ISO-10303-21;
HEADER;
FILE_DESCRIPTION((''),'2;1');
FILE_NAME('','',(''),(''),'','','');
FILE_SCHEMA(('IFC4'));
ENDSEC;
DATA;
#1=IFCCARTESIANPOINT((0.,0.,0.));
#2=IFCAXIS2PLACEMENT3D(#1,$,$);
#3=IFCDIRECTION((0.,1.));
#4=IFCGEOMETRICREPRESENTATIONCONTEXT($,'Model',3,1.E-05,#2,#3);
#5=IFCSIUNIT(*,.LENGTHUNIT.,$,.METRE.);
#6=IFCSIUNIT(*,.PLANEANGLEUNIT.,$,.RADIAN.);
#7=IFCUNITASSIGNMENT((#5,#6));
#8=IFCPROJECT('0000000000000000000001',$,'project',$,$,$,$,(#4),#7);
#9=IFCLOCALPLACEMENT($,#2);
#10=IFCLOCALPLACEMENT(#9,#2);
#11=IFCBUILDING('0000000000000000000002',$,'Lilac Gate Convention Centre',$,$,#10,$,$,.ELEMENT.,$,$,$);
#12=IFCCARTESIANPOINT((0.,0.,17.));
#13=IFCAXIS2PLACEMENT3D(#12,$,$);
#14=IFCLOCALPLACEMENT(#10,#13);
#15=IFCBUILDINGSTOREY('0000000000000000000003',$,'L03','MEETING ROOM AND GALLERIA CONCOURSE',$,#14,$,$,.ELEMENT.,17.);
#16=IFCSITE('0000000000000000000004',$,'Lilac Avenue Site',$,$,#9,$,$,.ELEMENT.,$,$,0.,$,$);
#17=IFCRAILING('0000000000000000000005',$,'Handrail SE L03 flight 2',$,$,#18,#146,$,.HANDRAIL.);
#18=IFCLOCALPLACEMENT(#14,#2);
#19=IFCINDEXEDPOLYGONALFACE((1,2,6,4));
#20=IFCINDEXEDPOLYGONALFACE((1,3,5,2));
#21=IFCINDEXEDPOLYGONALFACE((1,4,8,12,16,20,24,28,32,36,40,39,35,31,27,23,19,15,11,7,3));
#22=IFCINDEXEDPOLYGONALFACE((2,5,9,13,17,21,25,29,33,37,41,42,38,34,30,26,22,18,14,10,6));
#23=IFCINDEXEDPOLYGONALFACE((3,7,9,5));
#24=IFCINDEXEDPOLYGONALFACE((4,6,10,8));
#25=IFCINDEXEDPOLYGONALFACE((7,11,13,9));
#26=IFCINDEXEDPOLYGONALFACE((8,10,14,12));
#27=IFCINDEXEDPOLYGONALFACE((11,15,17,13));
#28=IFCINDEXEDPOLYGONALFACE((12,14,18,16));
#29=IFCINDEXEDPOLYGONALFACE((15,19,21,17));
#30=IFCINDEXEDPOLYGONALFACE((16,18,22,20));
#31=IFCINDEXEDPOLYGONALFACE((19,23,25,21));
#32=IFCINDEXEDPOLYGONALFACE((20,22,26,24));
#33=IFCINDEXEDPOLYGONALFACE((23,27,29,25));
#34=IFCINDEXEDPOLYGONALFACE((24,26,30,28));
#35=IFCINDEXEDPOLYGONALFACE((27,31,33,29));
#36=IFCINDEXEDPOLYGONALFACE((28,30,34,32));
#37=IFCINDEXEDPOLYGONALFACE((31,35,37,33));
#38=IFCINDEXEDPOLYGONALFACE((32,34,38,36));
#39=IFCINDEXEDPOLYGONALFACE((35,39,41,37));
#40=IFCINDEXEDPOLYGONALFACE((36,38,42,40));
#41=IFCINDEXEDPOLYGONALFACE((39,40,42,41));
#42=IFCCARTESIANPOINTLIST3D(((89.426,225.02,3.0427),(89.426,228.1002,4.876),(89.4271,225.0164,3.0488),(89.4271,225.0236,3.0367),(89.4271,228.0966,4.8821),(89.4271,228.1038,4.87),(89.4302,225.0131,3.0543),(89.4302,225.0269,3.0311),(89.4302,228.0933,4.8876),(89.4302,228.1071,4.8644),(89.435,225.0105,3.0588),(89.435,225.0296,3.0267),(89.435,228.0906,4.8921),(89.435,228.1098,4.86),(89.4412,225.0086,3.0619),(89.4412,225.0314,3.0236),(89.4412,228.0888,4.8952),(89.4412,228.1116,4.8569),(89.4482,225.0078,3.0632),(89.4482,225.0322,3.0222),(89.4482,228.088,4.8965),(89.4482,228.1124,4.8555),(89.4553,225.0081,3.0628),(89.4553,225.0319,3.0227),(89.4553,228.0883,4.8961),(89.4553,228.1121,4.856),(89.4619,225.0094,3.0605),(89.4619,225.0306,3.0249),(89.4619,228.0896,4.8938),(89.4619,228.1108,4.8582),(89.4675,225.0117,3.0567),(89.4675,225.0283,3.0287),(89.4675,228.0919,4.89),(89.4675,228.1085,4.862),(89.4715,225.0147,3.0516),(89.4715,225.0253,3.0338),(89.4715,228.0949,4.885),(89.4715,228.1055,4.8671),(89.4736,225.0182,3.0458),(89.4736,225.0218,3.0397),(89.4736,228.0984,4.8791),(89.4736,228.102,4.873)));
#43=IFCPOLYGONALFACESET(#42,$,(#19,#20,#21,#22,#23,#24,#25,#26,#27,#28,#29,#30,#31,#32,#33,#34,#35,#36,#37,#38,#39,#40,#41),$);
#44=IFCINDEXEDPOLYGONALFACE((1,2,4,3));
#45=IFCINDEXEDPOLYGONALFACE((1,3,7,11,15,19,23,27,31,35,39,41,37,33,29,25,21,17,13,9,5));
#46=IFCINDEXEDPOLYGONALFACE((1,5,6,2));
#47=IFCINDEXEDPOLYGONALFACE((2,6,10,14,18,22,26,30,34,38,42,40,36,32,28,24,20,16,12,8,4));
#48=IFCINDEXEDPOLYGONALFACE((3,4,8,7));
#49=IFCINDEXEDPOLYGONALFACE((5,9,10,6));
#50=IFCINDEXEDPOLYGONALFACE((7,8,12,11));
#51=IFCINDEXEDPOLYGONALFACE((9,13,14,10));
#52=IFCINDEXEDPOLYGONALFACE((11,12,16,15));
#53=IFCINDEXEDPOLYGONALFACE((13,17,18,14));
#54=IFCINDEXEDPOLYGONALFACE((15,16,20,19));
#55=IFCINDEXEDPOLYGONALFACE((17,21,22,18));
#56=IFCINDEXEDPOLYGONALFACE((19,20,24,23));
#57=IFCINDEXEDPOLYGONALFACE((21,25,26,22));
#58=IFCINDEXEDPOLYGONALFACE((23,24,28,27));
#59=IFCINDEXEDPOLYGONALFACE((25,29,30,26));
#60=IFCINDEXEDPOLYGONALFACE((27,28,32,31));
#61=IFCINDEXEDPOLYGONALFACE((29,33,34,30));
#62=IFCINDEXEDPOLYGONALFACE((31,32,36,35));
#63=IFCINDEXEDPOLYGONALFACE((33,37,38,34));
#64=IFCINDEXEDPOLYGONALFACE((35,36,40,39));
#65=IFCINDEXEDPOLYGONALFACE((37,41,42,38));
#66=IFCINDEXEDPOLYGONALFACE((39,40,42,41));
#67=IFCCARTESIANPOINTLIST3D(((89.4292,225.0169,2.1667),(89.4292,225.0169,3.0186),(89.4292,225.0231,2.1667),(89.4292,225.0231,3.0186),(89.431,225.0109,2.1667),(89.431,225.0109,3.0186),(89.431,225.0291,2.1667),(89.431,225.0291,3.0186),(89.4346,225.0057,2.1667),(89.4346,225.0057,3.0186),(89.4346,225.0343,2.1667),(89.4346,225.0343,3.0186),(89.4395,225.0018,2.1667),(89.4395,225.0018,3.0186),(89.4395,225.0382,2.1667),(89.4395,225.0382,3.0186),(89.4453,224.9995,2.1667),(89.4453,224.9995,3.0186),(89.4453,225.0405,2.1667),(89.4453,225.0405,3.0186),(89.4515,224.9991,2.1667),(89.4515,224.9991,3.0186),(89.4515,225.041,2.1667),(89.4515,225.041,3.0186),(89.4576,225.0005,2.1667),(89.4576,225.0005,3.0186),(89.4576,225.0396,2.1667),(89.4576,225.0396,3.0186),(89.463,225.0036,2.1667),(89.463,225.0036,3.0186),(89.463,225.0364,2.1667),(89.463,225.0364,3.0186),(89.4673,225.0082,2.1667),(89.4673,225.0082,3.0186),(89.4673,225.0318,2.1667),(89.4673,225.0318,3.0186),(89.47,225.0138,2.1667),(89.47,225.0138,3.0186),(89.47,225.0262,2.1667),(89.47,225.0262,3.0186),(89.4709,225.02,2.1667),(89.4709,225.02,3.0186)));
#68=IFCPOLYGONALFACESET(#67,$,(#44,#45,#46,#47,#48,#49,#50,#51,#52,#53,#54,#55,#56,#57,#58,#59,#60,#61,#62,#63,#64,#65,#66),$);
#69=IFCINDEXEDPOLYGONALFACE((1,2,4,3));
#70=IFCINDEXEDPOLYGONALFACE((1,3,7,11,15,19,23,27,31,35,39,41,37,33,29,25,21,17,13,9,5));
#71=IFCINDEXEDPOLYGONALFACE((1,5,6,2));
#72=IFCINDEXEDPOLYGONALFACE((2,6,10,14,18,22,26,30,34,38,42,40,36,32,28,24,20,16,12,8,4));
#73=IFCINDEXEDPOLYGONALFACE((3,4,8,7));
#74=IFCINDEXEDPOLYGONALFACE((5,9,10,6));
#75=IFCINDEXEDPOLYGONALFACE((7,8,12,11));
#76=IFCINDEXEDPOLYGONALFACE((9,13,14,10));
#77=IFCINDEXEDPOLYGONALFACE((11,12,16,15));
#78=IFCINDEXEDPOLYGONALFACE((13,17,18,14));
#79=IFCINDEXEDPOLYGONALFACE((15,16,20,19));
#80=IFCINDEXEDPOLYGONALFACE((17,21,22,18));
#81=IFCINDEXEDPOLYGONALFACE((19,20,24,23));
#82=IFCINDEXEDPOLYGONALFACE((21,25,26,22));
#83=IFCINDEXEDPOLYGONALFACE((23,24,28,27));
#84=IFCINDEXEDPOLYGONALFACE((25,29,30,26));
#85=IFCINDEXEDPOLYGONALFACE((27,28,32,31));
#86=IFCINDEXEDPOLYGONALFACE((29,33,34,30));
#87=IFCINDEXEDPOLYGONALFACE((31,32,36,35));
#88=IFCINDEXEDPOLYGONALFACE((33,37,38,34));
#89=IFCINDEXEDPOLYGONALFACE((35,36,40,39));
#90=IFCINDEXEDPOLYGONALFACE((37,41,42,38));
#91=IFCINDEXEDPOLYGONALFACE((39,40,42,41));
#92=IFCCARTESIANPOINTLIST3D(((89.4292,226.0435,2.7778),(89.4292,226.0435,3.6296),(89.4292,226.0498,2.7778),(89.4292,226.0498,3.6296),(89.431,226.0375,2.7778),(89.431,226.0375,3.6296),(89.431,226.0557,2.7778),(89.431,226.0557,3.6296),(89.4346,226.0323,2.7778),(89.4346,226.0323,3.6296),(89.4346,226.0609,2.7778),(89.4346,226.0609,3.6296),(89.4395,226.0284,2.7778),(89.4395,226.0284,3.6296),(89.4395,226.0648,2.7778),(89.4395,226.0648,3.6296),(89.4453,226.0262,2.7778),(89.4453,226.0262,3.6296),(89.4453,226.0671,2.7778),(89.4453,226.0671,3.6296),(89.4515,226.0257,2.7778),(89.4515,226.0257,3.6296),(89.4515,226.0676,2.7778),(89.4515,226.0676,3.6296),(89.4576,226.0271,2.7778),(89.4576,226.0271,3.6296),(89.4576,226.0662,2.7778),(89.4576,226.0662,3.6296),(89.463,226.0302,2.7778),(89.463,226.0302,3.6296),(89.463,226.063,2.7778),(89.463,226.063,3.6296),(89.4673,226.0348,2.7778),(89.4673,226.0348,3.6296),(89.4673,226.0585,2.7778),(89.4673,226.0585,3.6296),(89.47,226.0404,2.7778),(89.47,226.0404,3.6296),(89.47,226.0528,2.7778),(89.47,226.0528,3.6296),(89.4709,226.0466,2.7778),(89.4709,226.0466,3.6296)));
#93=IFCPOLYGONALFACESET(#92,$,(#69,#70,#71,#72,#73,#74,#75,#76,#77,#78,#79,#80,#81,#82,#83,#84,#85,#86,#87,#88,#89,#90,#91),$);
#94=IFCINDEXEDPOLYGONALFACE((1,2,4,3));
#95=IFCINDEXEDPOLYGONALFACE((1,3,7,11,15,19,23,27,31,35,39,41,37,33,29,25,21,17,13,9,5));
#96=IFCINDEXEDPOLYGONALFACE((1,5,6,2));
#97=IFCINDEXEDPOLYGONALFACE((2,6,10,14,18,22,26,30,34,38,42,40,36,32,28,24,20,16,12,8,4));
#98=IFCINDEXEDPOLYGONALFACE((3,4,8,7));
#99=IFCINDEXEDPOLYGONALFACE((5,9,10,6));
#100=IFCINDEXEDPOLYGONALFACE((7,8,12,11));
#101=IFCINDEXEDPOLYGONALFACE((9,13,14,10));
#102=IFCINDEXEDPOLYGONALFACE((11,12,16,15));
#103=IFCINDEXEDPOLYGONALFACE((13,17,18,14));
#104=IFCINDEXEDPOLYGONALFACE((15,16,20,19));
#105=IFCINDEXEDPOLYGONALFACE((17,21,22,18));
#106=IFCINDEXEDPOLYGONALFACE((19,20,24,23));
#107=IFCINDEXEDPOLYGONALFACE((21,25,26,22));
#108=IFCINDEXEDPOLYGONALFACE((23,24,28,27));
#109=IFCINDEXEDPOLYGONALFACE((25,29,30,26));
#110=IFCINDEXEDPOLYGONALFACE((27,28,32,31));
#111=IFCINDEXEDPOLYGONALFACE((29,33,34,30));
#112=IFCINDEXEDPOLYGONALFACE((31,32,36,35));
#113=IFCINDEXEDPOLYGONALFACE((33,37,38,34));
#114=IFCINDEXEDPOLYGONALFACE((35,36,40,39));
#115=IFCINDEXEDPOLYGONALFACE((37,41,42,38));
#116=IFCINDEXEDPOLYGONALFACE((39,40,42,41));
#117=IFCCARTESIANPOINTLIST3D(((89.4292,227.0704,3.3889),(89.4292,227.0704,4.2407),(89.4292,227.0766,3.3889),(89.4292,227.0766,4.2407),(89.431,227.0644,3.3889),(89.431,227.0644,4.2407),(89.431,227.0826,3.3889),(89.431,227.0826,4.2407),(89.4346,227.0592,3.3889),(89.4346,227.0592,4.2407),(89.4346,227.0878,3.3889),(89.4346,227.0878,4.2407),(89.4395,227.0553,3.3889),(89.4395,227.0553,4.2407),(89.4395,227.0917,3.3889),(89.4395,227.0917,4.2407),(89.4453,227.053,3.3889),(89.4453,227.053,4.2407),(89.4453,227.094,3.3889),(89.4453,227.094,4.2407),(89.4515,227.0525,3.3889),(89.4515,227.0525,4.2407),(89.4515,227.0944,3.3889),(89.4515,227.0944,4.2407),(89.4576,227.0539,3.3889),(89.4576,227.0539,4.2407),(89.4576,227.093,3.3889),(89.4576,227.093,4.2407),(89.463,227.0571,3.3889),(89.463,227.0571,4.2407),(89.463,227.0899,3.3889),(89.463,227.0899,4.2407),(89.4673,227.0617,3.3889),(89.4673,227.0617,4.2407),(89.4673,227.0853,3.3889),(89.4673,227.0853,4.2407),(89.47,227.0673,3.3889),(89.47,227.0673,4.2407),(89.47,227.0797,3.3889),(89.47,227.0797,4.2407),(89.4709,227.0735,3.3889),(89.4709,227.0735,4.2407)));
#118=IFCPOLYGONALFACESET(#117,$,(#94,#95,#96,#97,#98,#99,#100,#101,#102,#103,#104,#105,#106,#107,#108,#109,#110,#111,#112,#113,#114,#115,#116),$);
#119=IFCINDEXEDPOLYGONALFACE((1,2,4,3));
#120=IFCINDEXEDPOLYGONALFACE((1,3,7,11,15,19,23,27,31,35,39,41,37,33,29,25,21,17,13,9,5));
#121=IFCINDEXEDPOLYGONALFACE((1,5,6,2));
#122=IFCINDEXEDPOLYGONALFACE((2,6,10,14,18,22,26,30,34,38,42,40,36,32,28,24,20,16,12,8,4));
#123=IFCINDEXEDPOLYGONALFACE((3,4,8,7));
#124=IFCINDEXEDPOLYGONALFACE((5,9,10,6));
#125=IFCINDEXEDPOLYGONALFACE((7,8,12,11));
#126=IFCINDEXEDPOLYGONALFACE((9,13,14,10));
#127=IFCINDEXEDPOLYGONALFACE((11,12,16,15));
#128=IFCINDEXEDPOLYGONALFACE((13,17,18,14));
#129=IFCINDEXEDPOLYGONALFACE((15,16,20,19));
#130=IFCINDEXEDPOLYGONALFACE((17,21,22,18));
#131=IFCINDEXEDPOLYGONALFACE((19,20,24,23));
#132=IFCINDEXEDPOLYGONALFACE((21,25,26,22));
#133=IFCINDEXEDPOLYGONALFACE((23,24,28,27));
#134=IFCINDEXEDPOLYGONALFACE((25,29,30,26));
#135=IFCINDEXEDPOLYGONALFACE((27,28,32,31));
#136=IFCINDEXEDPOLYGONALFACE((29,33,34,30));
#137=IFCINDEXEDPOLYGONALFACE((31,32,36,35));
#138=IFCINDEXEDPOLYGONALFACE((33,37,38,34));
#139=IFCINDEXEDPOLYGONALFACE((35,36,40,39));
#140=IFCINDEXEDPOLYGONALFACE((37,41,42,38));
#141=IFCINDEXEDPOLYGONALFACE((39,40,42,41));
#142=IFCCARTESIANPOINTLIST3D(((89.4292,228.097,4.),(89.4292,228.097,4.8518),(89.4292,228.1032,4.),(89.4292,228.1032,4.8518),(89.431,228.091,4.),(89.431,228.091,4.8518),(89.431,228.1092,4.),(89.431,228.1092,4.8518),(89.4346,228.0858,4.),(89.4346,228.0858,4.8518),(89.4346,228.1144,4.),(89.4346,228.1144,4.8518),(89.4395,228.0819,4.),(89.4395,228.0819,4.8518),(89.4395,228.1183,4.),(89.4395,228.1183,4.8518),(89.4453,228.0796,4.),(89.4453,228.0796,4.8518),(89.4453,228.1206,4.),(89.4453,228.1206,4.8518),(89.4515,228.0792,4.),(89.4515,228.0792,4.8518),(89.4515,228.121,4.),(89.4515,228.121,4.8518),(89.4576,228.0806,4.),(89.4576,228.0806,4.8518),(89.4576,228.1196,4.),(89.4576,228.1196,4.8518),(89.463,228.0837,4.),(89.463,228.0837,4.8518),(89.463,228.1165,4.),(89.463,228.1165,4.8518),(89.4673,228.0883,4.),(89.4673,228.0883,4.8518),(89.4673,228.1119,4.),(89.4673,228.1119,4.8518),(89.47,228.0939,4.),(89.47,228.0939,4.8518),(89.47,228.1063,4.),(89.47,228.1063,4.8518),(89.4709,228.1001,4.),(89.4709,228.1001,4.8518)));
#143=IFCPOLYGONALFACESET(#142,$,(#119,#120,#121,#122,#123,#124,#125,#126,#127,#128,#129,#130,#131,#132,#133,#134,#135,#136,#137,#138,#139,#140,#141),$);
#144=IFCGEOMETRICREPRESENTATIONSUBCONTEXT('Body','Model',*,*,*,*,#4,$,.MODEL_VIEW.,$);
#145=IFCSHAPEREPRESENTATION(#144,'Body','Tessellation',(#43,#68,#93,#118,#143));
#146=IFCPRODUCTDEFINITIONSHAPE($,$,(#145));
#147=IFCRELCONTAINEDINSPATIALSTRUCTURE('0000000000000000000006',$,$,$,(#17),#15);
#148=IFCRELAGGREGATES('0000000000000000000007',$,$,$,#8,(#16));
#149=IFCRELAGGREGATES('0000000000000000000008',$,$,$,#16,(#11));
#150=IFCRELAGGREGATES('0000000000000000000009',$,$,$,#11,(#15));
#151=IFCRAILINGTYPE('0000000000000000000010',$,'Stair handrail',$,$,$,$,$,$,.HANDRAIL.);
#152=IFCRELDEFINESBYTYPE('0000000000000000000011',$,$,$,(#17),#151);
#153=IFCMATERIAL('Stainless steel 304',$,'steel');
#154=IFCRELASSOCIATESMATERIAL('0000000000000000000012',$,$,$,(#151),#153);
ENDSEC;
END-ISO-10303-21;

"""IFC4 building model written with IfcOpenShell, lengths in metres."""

from ifc_helpers import new_model, si_unit, direction, frame, origin, origin_2d, place, context, subcontext, project, spatial, circle, extrude, material, type_object, element, save


model = new_model("IFC4")

# Units and contexts
model_context = context("Model", 3, precision=1e-05, world=origin(), true_north=direction((0.0, 1.0)))
body_context = subcontext(model_context, "Body", "Model", "MODEL_VIEW")
ifc_project = project(units=[si_unit("LENGTHUNIT", "METRE"), si_unit("PLANEANGLEUNIT", "RADIAN")], contexts=[model_context])

# Site, building, storey
site_placement = place(None, origin())
site = spatial("IfcSite", under=ifc_project, at=site_placement, Name="Lilac Avenue Site", CompositionType="ELEMENT", RefElevation=0.0)
building_placement = place(site_placement, origin())
building = spatial("IfcBuilding", under=site, at=building_placement, Name="Lilac Gate Convention Centre", CompositionType="ELEMENT")
storey_placement = place(building_placement, frame((0.0, 0.0, 17.0)))
storey = spatial("IfcBuildingStorey", under=building, at=storey_placement, Name="L03", Description="MEETING ROOM AND GALLERIA CONCOURSE", CompositionType="ELEMENT", Elevation=17.0)

# Railing
ifc_material_1 = material(Name="Stainless steel 304", Category="steel")
railing_type = type_object("IfcRailingType", Name="Stair handrail", PredefinedType="HANDRAIL", material=ifc_material_1)
for number, where, name in (
    (1, (89.45, 225.02, 2.1667), "Handrail SE L03 flight 2"),
):
    element("IfcRailing", number, at=place(storey_placement, frame(where)), inside=storey, type_object=railing_type, Name=name, PredefinedType="HANDRAIL", context=body_context, shape_type="SweptSolid", body=[
        extrude(circle(Radius=0.0239, at=origin_2d()), frame((0.0, 0.0, 0.876), z_axis=(0.0, 0.859309, 0.511458), x_axis=(-1.0, 0.0, 0.0)), (0.0, 0.0, 1.0), 3.5845),
        extrude(circle(Radius=0.021, at=origin_2d()), origin(), (0.0, 0.0, 1.0), 0.8518),
        extrude(circle(Radius=0.021, at=origin_2d()), frame((0.0, 1.0266, 0.6111)), (0.0, 0.0, 1.0), 0.8518),
        extrude(circle(Radius=0.021, at=origin_2d()), frame((0.0, 2.0535, 1.2222)), (0.0, 0.0, 1.0), 0.8518),
        extrude(circle(Radius=0.021, at=origin_2d()), frame((0.0, 3.0801, 1.8333)), (0.0, 0.0, 1.0), 0.8518),
    ])

save(model, "model.ifc")
